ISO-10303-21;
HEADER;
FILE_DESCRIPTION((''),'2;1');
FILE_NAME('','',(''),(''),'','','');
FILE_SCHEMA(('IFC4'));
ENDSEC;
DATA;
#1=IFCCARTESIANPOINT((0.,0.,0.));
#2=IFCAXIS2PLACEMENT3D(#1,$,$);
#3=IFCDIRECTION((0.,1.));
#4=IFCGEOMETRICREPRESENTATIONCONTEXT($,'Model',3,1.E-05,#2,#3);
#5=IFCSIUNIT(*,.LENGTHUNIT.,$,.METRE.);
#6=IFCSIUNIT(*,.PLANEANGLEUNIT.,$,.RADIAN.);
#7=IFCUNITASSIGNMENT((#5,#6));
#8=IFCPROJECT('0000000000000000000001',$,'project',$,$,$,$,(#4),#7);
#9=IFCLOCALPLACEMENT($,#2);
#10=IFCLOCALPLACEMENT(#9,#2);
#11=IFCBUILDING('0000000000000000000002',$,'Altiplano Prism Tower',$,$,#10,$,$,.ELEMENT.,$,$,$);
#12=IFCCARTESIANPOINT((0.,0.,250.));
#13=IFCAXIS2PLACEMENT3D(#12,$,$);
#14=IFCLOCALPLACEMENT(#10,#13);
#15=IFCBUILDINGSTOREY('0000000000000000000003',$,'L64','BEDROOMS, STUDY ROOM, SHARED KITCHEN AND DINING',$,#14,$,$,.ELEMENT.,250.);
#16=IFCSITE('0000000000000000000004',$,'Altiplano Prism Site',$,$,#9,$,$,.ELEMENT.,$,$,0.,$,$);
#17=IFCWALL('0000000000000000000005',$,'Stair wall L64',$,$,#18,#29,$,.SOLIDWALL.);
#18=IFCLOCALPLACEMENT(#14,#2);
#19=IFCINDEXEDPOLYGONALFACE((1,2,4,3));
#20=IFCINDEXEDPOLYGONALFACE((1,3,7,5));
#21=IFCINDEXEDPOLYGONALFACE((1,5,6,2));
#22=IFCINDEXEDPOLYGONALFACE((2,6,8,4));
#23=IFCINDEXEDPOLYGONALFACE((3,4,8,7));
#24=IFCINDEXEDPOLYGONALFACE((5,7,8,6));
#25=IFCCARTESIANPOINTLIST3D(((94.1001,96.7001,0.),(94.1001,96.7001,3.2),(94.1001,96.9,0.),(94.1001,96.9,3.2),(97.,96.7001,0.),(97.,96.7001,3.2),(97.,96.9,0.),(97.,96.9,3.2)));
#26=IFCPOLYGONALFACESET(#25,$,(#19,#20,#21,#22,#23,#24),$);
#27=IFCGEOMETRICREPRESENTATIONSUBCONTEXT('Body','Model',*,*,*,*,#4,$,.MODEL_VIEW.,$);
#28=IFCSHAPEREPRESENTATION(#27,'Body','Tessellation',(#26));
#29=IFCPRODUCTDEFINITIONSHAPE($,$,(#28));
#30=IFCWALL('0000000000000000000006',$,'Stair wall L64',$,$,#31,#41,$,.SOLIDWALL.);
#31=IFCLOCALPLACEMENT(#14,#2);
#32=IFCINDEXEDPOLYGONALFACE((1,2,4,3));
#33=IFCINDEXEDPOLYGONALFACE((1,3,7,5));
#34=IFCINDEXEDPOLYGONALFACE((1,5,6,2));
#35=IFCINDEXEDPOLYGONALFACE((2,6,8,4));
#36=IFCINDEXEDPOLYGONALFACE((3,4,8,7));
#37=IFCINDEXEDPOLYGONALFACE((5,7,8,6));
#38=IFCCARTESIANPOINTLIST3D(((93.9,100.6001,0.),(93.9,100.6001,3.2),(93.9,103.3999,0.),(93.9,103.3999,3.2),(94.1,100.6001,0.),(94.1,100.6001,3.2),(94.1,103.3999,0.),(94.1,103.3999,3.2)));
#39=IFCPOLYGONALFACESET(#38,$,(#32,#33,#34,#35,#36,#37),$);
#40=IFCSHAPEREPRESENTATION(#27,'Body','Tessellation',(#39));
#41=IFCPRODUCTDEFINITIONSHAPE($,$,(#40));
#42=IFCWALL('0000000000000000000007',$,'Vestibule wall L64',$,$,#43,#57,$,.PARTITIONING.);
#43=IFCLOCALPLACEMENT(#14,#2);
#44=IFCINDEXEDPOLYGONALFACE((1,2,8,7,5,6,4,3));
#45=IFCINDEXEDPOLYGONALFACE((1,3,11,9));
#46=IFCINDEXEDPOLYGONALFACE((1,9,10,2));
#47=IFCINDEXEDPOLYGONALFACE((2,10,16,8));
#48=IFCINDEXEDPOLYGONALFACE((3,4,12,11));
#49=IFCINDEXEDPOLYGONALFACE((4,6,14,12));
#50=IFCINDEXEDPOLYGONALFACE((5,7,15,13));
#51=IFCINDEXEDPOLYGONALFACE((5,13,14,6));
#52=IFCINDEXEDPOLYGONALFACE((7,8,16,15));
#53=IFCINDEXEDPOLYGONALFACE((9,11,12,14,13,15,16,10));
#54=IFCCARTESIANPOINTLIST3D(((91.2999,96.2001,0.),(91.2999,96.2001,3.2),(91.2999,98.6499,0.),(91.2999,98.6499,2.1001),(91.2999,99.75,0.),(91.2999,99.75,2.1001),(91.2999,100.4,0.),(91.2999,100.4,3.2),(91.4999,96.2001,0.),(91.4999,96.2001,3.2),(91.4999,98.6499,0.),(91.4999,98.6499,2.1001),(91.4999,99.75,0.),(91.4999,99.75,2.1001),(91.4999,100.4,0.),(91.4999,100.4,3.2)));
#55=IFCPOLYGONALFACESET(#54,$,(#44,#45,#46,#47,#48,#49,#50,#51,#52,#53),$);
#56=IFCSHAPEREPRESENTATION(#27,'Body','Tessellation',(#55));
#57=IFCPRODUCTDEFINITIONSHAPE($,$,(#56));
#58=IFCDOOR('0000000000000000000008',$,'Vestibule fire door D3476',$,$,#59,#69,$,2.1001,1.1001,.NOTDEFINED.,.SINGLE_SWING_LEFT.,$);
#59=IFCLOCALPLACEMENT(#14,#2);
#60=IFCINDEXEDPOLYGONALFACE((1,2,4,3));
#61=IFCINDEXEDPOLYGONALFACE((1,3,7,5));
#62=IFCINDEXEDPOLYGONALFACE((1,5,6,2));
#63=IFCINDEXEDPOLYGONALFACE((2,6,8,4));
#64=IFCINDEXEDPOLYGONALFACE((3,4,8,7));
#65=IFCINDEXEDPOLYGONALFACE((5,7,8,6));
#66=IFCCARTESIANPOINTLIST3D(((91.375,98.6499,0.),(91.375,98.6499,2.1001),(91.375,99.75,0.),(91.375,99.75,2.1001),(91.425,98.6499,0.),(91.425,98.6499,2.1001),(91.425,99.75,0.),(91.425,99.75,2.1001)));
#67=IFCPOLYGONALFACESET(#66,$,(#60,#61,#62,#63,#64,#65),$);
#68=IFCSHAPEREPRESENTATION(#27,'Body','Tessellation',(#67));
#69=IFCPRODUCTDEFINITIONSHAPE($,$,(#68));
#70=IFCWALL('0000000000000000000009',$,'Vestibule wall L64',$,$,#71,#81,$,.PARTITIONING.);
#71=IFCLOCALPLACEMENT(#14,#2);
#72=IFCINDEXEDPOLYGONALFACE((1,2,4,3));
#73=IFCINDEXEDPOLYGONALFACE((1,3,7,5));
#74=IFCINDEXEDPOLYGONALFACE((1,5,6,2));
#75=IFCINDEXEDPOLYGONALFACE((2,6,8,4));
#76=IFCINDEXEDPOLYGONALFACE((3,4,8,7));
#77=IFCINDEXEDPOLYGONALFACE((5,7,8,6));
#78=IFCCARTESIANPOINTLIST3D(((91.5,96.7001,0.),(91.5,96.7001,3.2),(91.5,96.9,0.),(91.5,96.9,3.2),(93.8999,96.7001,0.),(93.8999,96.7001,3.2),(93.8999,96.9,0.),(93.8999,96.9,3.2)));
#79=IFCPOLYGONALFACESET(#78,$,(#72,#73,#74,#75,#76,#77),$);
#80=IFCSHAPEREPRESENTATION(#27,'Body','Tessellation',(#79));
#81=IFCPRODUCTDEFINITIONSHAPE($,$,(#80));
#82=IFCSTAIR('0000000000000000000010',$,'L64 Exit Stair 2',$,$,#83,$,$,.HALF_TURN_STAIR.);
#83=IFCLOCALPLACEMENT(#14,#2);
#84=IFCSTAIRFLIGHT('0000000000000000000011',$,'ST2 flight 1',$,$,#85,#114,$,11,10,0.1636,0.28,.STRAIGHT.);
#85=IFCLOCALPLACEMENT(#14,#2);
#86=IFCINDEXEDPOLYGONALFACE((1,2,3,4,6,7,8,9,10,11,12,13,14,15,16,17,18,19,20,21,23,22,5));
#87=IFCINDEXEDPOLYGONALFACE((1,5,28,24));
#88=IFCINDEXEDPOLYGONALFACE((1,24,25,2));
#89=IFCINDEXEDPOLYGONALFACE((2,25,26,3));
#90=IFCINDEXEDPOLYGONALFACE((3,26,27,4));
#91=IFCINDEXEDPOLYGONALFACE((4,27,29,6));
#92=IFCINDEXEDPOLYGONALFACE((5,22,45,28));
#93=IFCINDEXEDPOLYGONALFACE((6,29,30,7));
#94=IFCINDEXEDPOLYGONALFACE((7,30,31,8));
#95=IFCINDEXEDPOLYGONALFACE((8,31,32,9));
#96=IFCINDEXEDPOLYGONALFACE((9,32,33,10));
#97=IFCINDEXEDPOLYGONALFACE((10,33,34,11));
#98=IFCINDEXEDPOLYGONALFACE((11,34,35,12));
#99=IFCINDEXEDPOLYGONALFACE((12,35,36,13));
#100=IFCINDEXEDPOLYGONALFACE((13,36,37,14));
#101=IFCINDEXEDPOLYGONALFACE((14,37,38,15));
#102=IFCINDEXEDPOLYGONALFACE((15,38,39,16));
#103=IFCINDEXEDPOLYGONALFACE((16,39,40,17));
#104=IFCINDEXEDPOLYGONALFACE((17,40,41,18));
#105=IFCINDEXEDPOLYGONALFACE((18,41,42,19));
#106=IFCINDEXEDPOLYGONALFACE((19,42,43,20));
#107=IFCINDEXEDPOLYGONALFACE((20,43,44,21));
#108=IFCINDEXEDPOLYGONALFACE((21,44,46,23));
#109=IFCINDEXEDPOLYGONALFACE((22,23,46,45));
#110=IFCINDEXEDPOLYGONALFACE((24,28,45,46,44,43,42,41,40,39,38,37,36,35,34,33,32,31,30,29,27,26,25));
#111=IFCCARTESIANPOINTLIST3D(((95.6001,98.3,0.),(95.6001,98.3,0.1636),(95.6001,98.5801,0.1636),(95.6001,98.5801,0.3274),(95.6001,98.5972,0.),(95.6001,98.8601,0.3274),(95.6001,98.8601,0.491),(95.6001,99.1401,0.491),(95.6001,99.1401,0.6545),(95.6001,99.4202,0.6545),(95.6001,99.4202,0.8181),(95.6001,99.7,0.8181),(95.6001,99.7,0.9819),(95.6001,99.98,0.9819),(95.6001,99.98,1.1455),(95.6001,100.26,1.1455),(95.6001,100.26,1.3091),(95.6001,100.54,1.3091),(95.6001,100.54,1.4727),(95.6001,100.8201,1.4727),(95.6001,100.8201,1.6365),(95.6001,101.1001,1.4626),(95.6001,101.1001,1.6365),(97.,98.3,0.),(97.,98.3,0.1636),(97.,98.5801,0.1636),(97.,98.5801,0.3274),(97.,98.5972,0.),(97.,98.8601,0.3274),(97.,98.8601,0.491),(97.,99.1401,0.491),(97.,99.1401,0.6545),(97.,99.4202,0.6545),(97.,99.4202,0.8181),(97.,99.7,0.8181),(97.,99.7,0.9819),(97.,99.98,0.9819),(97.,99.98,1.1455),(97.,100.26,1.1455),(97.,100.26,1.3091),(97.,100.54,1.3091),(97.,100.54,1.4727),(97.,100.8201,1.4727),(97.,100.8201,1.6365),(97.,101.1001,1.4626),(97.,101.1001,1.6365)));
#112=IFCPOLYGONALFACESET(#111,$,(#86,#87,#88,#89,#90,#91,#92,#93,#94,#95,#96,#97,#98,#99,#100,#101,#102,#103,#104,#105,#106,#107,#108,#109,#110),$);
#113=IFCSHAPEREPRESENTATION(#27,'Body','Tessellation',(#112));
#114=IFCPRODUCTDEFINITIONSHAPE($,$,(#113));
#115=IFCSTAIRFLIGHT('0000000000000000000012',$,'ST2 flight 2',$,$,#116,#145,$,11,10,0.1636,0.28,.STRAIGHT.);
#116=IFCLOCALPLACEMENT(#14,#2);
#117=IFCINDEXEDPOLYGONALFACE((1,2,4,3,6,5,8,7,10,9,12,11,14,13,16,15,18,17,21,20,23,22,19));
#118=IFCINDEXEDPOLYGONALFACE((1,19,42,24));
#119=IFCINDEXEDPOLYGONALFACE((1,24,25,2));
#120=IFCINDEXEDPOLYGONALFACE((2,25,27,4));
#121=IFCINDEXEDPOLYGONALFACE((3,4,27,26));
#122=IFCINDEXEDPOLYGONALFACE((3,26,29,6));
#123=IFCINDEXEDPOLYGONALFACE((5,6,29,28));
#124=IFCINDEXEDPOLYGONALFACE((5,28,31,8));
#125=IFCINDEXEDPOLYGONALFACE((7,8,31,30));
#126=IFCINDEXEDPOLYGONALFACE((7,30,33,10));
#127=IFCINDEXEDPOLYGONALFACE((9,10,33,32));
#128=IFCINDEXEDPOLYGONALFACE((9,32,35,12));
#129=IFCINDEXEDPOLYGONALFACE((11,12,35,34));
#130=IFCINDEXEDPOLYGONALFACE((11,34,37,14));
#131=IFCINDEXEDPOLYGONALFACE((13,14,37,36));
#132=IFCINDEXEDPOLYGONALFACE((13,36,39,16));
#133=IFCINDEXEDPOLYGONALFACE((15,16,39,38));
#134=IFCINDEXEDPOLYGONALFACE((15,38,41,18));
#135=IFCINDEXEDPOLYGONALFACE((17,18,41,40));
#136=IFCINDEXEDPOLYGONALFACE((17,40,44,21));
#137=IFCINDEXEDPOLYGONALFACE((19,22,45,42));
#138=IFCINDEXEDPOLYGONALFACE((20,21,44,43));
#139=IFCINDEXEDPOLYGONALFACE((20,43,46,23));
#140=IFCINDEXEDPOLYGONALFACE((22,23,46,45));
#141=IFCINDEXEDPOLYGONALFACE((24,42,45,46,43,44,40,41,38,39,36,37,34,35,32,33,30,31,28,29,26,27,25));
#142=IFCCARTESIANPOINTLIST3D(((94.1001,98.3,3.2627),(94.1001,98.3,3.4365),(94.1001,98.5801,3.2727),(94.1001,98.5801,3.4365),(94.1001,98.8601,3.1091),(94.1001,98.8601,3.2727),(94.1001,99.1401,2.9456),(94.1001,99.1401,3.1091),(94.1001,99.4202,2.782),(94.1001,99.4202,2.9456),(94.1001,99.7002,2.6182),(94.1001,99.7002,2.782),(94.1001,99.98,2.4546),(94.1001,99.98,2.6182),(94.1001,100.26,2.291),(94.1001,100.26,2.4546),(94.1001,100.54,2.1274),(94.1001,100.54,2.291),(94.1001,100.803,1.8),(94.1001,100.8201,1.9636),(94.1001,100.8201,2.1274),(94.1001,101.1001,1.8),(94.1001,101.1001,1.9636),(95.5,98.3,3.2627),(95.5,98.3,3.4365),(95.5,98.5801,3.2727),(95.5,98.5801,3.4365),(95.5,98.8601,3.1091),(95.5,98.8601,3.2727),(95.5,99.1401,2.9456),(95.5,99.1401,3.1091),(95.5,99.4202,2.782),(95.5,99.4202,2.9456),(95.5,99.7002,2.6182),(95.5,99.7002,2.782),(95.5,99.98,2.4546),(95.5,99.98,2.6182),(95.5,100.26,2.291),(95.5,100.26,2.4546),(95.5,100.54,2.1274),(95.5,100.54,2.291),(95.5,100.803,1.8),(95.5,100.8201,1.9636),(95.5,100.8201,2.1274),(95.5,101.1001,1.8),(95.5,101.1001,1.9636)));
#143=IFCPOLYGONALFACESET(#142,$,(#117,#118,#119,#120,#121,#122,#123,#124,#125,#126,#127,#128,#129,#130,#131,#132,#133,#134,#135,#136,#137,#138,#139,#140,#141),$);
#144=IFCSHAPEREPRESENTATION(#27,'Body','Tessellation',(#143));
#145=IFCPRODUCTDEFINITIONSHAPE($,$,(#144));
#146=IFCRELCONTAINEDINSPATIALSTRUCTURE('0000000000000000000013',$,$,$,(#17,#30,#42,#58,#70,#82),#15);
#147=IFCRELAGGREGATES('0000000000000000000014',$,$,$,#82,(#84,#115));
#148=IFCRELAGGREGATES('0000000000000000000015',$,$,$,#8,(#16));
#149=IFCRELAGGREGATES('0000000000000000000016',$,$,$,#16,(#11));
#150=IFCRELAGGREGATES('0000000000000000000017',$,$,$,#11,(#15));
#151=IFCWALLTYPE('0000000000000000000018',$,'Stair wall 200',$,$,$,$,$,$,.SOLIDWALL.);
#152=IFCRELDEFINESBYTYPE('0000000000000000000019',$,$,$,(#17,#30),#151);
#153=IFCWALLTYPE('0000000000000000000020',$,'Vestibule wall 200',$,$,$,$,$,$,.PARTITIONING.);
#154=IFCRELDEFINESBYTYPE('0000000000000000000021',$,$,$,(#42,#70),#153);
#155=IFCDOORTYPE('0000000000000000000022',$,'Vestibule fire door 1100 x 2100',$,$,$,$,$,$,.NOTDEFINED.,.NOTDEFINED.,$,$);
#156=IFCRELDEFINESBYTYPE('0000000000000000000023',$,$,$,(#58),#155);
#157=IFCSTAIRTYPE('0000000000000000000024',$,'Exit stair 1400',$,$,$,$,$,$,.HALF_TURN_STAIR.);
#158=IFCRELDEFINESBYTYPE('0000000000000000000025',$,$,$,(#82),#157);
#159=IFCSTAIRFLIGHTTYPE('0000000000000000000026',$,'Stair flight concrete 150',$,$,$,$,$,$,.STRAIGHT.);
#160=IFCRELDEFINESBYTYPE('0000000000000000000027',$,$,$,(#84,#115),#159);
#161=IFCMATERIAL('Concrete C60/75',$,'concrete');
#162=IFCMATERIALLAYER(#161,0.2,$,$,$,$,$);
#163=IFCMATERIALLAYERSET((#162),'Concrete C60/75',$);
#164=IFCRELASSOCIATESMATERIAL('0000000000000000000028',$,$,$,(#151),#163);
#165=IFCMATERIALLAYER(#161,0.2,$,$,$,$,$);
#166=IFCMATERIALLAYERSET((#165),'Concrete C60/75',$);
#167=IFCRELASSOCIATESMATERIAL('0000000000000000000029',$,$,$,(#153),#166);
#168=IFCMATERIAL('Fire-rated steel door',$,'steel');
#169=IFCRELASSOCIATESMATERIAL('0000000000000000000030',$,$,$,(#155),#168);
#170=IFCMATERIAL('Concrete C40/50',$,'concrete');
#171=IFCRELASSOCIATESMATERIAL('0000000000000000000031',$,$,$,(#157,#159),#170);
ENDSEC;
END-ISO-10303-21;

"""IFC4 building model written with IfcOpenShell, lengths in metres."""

from ifc_helpers import new_model, si_unit, direction, frame, frame_2d, origin, place, context, subcontext, project, spatial, polyline, rectangle, outline, extrude, material, layer, layer_set, type_object, element, fill, aggregate, save


model = new_model("IFC4")

# Units and contexts
model_context = context("Model", 3, precision=1e-05, world=origin(), true_north=direction((0.0, 1.0)))
body_context = subcontext(model_context, "Body", "Model", "MODEL_VIEW")
ifc_project = project(units=[si_unit("LENGTHUNIT", "METRE"), si_unit("PLANEANGLEUNIT", "RADIAN")], contexts=[model_context])

# Site, building, storey
site_placement = place(None, origin())
site = spatial("IfcSite", under=ifc_project, at=site_placement, Name="Altiplano Prism Site", CompositionType="ELEMENT", RefElevation=0.0)
building_placement = place(site_placement, origin())
building = spatial("IfcBuilding", under=site, at=building_placement, Name="Altiplano Prism Tower", CompositionType="ELEMENT")
storey_placement = place(building_placement, frame((0.0, 0.0, 250.0)))
storey = spatial("IfcBuildingStorey", under=building, at=storey_placement, Name="L64", Description="BEDROOMS, STUDY ROOM, SHARED KITCHEN AND DINING", CompositionType="ELEMENT", Elevation=250.0)

# Shared definitions
ifc_material_1 = material(Name="Concrete C60/75", Category="concrete")

# Shared definitions
ifc_layer_1 = layer(ifc_material_1, 0.2)
ifc_layer_set_1 = layer_set([ifc_layer_1], Name="Concrete C60/75")
wall_type_1 = type_object("IfcWallType", Name="Stair wall 200", PredefinedType="SOLIDWALL", material=ifc_layer_set_1)
ifc_material_2 = material(Name="Fire-rated steel door", Category="steel")

# Walls
wall_1_placement = place(storey_placement, frame((94.1001, 96.8, 0.0), z_axis=(0.0, 0.0, 1.0), x_axis=(1.0, 0.0, 0.0)))
element("IfcWall", 1, at=wall_1_placement, inside=storey, type_object=wall_type_1, Name="Stair wall L64", PredefinedType="SOLIDWALL", context=body_context, shape_type="SweptSolid", body=[
    extrude(rectangle(XDim=2.8999, YDim=0.2, at=frame_2d((1.45, 0.0))), origin(), (0.0, 0.0, 1.0), 3.2),
])
wall_2_placement = place(storey_placement, frame((94.0, 100.6001, 0.0), z_axis=(0.0, 0.0, 1.0), x_axis=(0.0, 1.0, 0.0)))
element("IfcWall", 2, at=wall_2_placement, inside=storey, type_object=wall_type_1, Name="Stair wall L64", PredefinedType="SOLIDWALL", context=body_context, shape_type="SweptSolid", body=[
    extrude(rectangle(XDim=2.7998, YDim=0.2, at=frame_2d((1.3999, 0.0))), origin(), (0.0, 0.0, 1.0), 3.2),
])

# Wall, opening, door
ifc_layer_2 = layer(ifc_material_1, 0.2)
ifc_layer_set_2 = layer_set([ifc_layer_2], Name="Concrete C60/75")
wall_type_2 = type_object("IfcWallType", Name="Vestibule wall 200", PredefinedType="PARTITIONING", material=ifc_layer_set_2)
wall_3_placement = place(storey_placement, frame((91.3999, 96.2, 0.0), z_axis=(0.0, 0.0, 1.0), x_axis=(0.0, 1.0, 0.0)))
wall_3 = element("IfcWall", 3, at=wall_3_placement, inside=storey, type_object=wall_type_2, Name="Vestibule wall L64", PredefinedType="PARTITIONING", context=body_context, shape_type="SweptSolid", body=[
    extrude(rectangle(XDim=4.2, YDim=0.2, at=frame_2d((2.1001, 0.0))), origin(), (0.0, 0.0, 1.0), 3.2),
])
opening_1_placement = place(wall_3_placement, frame((2.45, 0.0, 0.0)))
opening_1 = element("IfcOpeningElement", 4, at=opening_1_placement, cuts=wall_3, PredefinedType="OPENING", context=body_context, shape_type="SweptSolid", body=[
    extrude(rectangle(XDim=1.1001, YDim=2.1001, at=frame_2d((0.55, 1.05))), frame((0.0, 0.1104, 0.0), z_axis=(0.0, -1.0, 0.0), x_axis=(1.0, 0.0, 0.0)), (0.0, 0.0, 1.0), 0.2209),
])
door_type_1 = type_object("IfcDoorType", Name="Vestibule fire door 1100 x 2100", OperationType="NOTDEFINED", PredefinedType="NOTDEFINED", material=ifc_material_2)
door_1_placement = place(opening_1_placement, origin())
door_1 = element("IfcDoor", 5, at=door_1_placement, inside=storey, type_object=door_type_1, Name="Vestibule fire door D3476", OperationType="SINGLE_SWING_LEFT", OverallHeight=2.1001, OverallWidth=1.1001, PredefinedType="NOTDEFINED", context=body_context, shape_type="SweptSolid", body=[
    extrude(rectangle(XDim=1.1001, YDim=2.1001, at=frame_2d((0.55, 1.05))), frame((0.0, 0.0249, 0.0), z_axis=(0.0, -1.0, 0.0), x_axis=(1.0, 0.0, 0.0)), (0.0, 0.0, 1.0), 0.05),
])
fill(opening_1, door_1)

# Wall
wall_4_placement = place(storey_placement, frame((91.5, 96.8, 0.0), z_axis=(0.0, 0.0, 1.0), x_axis=(1.0, 0.0, 0.0)))
element("IfcWall", 6, at=wall_4_placement, inside=storey, type_object=wall_type_2, Name="Vestibule wall L64", PredefinedType="PARTITIONING", context=body_context, shape_type="SweptSolid", body=[
    extrude(rectangle(XDim=2.3999, YDim=0.2, at=frame_2d((1.2, 0.0))), origin(), (0.0, 0.0, 1.0), 3.2),
])

# Stair, stair flights
ifc_material_3 = material(Name="Concrete C40/50", Category="concrete")
stair_type = type_object("IfcStairType", Name="Exit stair 1400", PredefinedType="HALF_TURN_STAIR", material=ifc_material_3)
stair_placement = place(storey_placement, origin())
stair = element("IfcStair", 7, at=stair_placement, inside=storey, type_object=stair_type, Name="L64 Exit Stair 2", PredefinedType="HALF_TURN_STAIR")
stair_flight_type = type_object("IfcStairFlightType", Name="Stair flight concrete 150", PredefinedType="STRAIGHT", material=ifc_material_3)
stair_flight_1_placement = place(storey_placement, frame((96.3, 98.3, 0.0), z_axis=(0.0, 0.0, 1.0), x_axis=(0.0, 1.0, 0.0)))
stair_flight_1 = element("IfcStairFlight", 8, at=stair_flight_1_placement, type_object=stair_flight_type, Name="ST2 flight 1", NumberOfRisers=11, NumberOfTreads=10, PredefinedType="STRAIGHT", RiserHeight=0.1636, TreadLength=0.28, context=body_context, shape_type="SweptSolid", body=[
    extrude(outline(polyline([(0.0, 0.0), (0.0, 0.1636), (0.28, 0.1636), (0.28, 0.3274), (0.5601, 0.3274), (0.5601, 0.491), (0.8401, 0.491), (0.8401, 0.6545), (1.1201, 0.6545), (1.1201, 0.8181), (1.3999, 0.8181), (1.3999, 0.9819), (1.6799, 0.9819), (1.6799, 1.1455), (1.96, 1.1455), (1.96, 1.3091), (2.24, 1.3091), (2.24, 1.4727), (2.52, 1.4727), (2.52, 1.6365), (2.8, 1.6365), (2.8, 1.8), (2.8, 1.4626), (0.2971, 0.0), (0.0, 0.0)])), frame((0.0, 0.7, 0.0), z_axis=(0.0, -1.0, 0.0), x_axis=(1.0, 0.0, 0.0)), (0.0, 0.0, 1.0), 1.3999),
])
stair_flight_2_placement = place(storey_placement, frame((94.8, 101.1001, 1.8), z_axis=(0.0, 0.0, 1.0), x_axis=(0.0, -1.0, 0.0)))
stair_flight_2 = element("IfcStairFlight", 9, at=stair_flight_2_placement, type_object=stair_flight_type, Name="ST2 flight 2", NumberOfRisers=11, NumberOfTreads=10, PredefinedType="STRAIGHT", RiserHeight=0.1636, TreadLength=0.28, context=body_context, shape_type="SweptSolid", body=[
    extrude(outline(polyline([(0.0, 0.0), (0.0, 0.1636), (0.28, 0.1636), (0.28, 0.3274), (0.5601, 0.3274), (0.5601, 0.491), (0.8401, 0.491), (0.8401, 0.6545), (1.1201, 0.6545), (1.1201, 0.8181), (1.3999, 0.8181), (1.3999, 0.9819), (1.6799, 0.9819), (1.6799, 1.1455), (1.96, 1.1455), (1.96, 1.3091), (2.24, 1.3091), (2.24, 1.4727), (2.52, 1.4727), (2.52, 1.6365), (2.8, 1.6365), (2.8, 1.8), (2.8, 1.4626), (0.2971, 0.0), (0.0, 0.0)])), frame((0.0, 0.7, 0.0), z_axis=(0.0, -1.0, 0.0), x_axis=(1.0, 0.0, 0.0)), (0.0, 0.0, 1.0), 1.3999),
])
aggregate(stair, [stair_flight_1, stair_flight_2])

save(model, "model.ifc")
